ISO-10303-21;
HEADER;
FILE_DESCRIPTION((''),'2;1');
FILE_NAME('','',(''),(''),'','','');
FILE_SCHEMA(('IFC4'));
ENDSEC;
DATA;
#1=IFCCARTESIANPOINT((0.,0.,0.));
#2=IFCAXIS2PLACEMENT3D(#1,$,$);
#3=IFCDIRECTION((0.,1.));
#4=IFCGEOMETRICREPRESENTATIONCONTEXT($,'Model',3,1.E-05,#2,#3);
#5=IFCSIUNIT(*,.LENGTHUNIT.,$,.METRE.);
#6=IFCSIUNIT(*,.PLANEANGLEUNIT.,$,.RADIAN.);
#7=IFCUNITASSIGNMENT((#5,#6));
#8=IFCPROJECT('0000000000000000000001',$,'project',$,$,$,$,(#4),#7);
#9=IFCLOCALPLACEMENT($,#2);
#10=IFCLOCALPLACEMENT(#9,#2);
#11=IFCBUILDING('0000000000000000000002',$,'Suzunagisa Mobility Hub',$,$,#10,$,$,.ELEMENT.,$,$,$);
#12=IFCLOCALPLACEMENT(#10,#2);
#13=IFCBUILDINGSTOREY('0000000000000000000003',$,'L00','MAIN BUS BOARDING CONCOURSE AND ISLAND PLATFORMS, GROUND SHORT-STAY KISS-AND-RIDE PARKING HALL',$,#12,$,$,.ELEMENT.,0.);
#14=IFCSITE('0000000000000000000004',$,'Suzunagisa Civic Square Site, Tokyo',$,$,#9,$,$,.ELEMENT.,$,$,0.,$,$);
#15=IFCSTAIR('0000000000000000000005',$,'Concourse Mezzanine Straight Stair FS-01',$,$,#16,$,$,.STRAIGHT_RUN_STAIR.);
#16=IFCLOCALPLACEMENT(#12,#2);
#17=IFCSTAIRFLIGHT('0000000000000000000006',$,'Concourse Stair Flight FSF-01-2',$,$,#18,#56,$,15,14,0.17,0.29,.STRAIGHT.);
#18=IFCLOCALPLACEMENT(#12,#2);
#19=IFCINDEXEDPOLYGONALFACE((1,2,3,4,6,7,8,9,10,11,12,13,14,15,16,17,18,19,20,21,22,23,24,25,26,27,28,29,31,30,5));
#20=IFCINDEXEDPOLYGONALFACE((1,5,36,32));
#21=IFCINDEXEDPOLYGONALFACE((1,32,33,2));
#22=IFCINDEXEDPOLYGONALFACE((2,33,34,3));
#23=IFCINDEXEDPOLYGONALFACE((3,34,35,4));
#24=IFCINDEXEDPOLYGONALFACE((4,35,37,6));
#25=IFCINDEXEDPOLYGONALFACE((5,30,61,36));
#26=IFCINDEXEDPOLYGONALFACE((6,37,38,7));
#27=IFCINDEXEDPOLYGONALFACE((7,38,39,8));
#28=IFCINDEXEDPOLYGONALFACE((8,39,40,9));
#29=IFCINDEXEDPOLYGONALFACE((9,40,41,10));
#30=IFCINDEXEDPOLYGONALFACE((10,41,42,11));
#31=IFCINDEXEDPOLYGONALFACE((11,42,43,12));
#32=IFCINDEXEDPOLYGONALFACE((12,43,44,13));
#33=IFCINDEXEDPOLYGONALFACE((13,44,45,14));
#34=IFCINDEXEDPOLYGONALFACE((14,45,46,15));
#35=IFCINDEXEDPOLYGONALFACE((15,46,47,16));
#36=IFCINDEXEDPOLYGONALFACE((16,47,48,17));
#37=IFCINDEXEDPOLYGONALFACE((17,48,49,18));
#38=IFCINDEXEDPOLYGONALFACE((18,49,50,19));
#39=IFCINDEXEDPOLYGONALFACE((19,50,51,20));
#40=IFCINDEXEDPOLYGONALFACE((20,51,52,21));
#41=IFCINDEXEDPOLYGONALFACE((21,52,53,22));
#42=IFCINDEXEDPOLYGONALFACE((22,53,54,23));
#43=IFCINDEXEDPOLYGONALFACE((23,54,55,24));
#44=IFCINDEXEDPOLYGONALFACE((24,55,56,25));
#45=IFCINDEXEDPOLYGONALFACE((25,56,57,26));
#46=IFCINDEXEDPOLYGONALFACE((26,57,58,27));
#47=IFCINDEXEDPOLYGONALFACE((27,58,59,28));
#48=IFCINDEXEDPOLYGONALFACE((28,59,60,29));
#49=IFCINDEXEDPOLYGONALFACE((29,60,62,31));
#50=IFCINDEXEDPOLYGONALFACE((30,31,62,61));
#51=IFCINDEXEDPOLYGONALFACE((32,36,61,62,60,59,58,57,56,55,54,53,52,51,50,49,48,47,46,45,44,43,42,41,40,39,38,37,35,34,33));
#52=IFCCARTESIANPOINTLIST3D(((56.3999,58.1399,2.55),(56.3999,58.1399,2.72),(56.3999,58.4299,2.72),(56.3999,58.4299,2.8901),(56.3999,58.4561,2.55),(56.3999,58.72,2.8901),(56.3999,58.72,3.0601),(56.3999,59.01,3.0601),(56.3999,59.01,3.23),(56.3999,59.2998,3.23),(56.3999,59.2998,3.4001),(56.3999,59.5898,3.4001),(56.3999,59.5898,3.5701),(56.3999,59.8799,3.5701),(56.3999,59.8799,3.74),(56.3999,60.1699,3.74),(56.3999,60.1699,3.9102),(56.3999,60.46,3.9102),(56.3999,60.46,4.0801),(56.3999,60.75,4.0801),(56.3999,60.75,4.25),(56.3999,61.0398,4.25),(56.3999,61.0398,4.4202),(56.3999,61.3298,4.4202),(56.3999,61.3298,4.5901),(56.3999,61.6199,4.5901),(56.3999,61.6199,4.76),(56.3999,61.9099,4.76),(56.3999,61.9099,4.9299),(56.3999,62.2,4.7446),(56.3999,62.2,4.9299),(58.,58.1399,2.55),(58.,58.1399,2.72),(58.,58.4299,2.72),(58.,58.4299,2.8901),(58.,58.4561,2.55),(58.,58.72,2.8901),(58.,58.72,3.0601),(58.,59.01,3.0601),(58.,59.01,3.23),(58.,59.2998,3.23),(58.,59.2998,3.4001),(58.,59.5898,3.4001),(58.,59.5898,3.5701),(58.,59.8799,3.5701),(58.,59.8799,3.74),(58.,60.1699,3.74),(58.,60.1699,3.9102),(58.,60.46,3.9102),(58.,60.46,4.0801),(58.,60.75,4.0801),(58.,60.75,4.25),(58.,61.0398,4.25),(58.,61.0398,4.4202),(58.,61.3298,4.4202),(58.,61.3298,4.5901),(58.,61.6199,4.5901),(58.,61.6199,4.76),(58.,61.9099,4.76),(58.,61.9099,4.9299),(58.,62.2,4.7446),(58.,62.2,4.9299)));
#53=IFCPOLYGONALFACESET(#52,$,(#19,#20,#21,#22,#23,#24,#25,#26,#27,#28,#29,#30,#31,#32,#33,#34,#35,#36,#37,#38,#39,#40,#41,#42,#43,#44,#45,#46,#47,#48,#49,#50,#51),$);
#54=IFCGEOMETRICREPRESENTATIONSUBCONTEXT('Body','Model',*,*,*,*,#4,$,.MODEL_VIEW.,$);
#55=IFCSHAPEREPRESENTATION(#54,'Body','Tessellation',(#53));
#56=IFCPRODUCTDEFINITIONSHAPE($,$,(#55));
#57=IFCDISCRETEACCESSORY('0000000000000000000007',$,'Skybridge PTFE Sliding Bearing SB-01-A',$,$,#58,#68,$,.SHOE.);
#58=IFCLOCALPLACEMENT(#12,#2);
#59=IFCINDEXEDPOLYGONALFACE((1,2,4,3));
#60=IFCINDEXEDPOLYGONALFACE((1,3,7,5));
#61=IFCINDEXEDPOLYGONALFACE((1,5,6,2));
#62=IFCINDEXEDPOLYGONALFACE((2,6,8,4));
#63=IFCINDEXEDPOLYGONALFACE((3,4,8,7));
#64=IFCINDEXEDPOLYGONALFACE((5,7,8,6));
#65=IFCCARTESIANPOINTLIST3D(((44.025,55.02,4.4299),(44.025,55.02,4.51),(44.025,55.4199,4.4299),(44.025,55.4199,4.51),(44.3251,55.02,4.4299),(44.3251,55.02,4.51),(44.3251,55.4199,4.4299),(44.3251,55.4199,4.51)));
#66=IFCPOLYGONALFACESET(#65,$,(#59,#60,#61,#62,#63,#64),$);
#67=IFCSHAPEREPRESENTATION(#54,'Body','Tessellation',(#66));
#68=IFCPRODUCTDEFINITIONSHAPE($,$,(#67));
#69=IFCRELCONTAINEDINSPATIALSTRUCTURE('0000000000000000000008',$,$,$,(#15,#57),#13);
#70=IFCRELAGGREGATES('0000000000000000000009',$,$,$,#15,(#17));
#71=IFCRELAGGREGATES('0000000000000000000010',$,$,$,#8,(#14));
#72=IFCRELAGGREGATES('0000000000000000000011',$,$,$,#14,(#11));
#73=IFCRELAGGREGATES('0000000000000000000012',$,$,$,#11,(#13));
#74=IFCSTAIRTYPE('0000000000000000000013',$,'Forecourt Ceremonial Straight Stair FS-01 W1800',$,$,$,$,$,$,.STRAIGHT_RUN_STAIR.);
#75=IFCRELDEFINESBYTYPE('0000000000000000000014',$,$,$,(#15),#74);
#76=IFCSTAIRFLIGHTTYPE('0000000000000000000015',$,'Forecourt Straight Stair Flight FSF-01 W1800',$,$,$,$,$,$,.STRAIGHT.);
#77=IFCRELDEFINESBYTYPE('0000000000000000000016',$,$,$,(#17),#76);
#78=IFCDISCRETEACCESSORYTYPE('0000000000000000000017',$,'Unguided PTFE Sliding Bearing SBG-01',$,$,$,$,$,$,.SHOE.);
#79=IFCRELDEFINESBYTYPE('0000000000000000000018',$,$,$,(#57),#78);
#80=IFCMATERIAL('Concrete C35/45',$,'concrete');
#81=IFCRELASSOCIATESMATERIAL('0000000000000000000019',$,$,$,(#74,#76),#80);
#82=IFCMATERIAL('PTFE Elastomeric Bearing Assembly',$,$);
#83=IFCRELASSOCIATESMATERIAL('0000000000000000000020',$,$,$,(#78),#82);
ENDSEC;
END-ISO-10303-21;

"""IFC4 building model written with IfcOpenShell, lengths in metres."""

from ifc_helpers import new_model, si_unit, direction, frame, origin, origin_2d, place, context, subcontext, project, spatial, polyline, rectangle, outline, extrude, material, type_object, element, aggregate, save


model = new_model("IFC4")

# Units and contexts
model_context = context("Model", 3, precision=1e-05, world=origin(), true_north=direction((0.0, 1.0)))
body_context = subcontext(model_context, "Body", "Model", "MODEL_VIEW")
ifc_project = project(units=[si_unit("LENGTHUNIT", "METRE"), si_unit("PLANEANGLEUNIT", "RADIAN")], contexts=[model_context])

# Site, building, storey
site_placement = place(None, origin())
site = spatial("IfcSite", under=ifc_project, at=site_placement, Name="Suzunagisa Civic Square Site, Tokyo", CompositionType="ELEMENT", RefElevation=0.0)
building_placement = place(site_placement, origin())
building = spatial("IfcBuilding", under=site, at=building_placement, Name="Suzunagisa Mobility Hub", CompositionType="ELEMENT")
storey_placement = place(building_placement, origin())
storey = spatial("IfcBuildingStorey", under=building, at=storey_placement, Name="L00", Description="MAIN BUS BOARDING CONCOURSE AND ISLAND PLATFORMS, GROUND SHORT-STAY KISS-AND-RIDE PARKING HALL", CompositionType="ELEMENT", Elevation=0.0)

# Stair, stair flight
ifc_material_1 = material(Name="Concrete C35/45", Category="concrete")
stair_type = type_object("IfcStairType", Name="Forecourt Ceremonial Straight Stair FS-01 W1800", PredefinedType="STRAIGHT_RUN_STAIR", material=ifc_material_1)
stair_placement = place(storey_placement, origin())
stair = element("IfcStair", 1, at=stair_placement, inside=storey, type_object=stair_type, Name="Concourse Mezzanine Straight Stair FS-01", PredefinedType="STRAIGHT_RUN_STAIR")
stair_flight_type = type_object("IfcStairFlightType", Name="Forecourt Straight Stair Flight FSF-01 W1800", PredefinedType="STRAIGHT", material=ifc_material_1)
stair_flight_1_placement = place(storey_placement, frame((57.2, 58.1399, 2.55), z_axis=(0.0, 0.0, 1.0), x_axis=(0.0, 1.0, 0.0)))
stair_flight_1 = element("IfcStairFlight", 2, at=stair_flight_1_placement, type_object=stair_flight_type, Name="Concourse Stair Flight FSF-01-2", NumberOfRisers=15, NumberOfTreads=14, PredefinedType="STRAIGHT", RiserHeight=0.17, TreadLength=0.29, context=body_context, shape_type="SweptSolid", body=[
    extrude(outline(polyline([(0.0, 0.0), (0.0, 0.1699), (0.29, 0.1699), (0.29, 0.3401), (0.5801, 0.3401), (0.5801, 0.51), (0.8701, 0.51), (0.8701, 0.6799), (1.1599, 0.6799), (1.1599, 0.8501), (1.45, 0.8501), (1.45, 1.02), (1.74, 1.02), (1.74, 1.1899), (2.03, 1.1899), (2.03, 1.3601), (2.3201, 1.3601), (2.3201, 1.53), (2.6101, 1.53), (2.6101, 1.7), (2.8999, 1.7), (2.8999, 1.8701), (3.1899, 1.8701), (3.1899, 2.04), (3.48, 2.04), (3.48, 2.21), (3.77, 2.21), (3.77, 2.3799), (4.0601, 2.3799), (4.0601, 2.55), (4.0601, 2.1946), (0.3162, 0.0), (0.0, 0.0)])), frame((0.0, 0.8, 0.0), z_axis=(0.0, -1.0, 0.0), x_axis=(1.0, 0.0, 0.0)), (0.0, 0.0, 1.0), 1.6001),
])
aggregate(stair, [stair_flight_1])

# Discrete accessory
ifc_material_2 = material(Name="PTFE Elastomeric Bearing Assembly")
discrete_accessory_type = type_object("IfcDiscreteAccessoryType", Name="Unguided PTFE Sliding Bearing SBG-01", PredefinedType="SHOE", material=ifc_material_2)
discrete_accessory_placement = place(storey_placement, frame((44.175, 55.22, 4.4299), z_axis=(0.0, 0.0, 1.0), x_axis=(1.0, 0.0, 0.0)))
element("IfcDiscreteAccessory", 3, at=discrete_accessory_placement, inside=storey, type_object=discrete_accessory_type, Name="Skybridge PTFE Sliding Bearing SB-01-A", PredefinedType="SHOE", context=body_context, shape_type="SweptSolid", body=[
    extrude(rectangle(XDim=0.3, YDim=0.3999, at=origin_2d()), origin(), (0.0, 0.0, 1.0), 0.0801),
])

save(model, "model.ifc")
